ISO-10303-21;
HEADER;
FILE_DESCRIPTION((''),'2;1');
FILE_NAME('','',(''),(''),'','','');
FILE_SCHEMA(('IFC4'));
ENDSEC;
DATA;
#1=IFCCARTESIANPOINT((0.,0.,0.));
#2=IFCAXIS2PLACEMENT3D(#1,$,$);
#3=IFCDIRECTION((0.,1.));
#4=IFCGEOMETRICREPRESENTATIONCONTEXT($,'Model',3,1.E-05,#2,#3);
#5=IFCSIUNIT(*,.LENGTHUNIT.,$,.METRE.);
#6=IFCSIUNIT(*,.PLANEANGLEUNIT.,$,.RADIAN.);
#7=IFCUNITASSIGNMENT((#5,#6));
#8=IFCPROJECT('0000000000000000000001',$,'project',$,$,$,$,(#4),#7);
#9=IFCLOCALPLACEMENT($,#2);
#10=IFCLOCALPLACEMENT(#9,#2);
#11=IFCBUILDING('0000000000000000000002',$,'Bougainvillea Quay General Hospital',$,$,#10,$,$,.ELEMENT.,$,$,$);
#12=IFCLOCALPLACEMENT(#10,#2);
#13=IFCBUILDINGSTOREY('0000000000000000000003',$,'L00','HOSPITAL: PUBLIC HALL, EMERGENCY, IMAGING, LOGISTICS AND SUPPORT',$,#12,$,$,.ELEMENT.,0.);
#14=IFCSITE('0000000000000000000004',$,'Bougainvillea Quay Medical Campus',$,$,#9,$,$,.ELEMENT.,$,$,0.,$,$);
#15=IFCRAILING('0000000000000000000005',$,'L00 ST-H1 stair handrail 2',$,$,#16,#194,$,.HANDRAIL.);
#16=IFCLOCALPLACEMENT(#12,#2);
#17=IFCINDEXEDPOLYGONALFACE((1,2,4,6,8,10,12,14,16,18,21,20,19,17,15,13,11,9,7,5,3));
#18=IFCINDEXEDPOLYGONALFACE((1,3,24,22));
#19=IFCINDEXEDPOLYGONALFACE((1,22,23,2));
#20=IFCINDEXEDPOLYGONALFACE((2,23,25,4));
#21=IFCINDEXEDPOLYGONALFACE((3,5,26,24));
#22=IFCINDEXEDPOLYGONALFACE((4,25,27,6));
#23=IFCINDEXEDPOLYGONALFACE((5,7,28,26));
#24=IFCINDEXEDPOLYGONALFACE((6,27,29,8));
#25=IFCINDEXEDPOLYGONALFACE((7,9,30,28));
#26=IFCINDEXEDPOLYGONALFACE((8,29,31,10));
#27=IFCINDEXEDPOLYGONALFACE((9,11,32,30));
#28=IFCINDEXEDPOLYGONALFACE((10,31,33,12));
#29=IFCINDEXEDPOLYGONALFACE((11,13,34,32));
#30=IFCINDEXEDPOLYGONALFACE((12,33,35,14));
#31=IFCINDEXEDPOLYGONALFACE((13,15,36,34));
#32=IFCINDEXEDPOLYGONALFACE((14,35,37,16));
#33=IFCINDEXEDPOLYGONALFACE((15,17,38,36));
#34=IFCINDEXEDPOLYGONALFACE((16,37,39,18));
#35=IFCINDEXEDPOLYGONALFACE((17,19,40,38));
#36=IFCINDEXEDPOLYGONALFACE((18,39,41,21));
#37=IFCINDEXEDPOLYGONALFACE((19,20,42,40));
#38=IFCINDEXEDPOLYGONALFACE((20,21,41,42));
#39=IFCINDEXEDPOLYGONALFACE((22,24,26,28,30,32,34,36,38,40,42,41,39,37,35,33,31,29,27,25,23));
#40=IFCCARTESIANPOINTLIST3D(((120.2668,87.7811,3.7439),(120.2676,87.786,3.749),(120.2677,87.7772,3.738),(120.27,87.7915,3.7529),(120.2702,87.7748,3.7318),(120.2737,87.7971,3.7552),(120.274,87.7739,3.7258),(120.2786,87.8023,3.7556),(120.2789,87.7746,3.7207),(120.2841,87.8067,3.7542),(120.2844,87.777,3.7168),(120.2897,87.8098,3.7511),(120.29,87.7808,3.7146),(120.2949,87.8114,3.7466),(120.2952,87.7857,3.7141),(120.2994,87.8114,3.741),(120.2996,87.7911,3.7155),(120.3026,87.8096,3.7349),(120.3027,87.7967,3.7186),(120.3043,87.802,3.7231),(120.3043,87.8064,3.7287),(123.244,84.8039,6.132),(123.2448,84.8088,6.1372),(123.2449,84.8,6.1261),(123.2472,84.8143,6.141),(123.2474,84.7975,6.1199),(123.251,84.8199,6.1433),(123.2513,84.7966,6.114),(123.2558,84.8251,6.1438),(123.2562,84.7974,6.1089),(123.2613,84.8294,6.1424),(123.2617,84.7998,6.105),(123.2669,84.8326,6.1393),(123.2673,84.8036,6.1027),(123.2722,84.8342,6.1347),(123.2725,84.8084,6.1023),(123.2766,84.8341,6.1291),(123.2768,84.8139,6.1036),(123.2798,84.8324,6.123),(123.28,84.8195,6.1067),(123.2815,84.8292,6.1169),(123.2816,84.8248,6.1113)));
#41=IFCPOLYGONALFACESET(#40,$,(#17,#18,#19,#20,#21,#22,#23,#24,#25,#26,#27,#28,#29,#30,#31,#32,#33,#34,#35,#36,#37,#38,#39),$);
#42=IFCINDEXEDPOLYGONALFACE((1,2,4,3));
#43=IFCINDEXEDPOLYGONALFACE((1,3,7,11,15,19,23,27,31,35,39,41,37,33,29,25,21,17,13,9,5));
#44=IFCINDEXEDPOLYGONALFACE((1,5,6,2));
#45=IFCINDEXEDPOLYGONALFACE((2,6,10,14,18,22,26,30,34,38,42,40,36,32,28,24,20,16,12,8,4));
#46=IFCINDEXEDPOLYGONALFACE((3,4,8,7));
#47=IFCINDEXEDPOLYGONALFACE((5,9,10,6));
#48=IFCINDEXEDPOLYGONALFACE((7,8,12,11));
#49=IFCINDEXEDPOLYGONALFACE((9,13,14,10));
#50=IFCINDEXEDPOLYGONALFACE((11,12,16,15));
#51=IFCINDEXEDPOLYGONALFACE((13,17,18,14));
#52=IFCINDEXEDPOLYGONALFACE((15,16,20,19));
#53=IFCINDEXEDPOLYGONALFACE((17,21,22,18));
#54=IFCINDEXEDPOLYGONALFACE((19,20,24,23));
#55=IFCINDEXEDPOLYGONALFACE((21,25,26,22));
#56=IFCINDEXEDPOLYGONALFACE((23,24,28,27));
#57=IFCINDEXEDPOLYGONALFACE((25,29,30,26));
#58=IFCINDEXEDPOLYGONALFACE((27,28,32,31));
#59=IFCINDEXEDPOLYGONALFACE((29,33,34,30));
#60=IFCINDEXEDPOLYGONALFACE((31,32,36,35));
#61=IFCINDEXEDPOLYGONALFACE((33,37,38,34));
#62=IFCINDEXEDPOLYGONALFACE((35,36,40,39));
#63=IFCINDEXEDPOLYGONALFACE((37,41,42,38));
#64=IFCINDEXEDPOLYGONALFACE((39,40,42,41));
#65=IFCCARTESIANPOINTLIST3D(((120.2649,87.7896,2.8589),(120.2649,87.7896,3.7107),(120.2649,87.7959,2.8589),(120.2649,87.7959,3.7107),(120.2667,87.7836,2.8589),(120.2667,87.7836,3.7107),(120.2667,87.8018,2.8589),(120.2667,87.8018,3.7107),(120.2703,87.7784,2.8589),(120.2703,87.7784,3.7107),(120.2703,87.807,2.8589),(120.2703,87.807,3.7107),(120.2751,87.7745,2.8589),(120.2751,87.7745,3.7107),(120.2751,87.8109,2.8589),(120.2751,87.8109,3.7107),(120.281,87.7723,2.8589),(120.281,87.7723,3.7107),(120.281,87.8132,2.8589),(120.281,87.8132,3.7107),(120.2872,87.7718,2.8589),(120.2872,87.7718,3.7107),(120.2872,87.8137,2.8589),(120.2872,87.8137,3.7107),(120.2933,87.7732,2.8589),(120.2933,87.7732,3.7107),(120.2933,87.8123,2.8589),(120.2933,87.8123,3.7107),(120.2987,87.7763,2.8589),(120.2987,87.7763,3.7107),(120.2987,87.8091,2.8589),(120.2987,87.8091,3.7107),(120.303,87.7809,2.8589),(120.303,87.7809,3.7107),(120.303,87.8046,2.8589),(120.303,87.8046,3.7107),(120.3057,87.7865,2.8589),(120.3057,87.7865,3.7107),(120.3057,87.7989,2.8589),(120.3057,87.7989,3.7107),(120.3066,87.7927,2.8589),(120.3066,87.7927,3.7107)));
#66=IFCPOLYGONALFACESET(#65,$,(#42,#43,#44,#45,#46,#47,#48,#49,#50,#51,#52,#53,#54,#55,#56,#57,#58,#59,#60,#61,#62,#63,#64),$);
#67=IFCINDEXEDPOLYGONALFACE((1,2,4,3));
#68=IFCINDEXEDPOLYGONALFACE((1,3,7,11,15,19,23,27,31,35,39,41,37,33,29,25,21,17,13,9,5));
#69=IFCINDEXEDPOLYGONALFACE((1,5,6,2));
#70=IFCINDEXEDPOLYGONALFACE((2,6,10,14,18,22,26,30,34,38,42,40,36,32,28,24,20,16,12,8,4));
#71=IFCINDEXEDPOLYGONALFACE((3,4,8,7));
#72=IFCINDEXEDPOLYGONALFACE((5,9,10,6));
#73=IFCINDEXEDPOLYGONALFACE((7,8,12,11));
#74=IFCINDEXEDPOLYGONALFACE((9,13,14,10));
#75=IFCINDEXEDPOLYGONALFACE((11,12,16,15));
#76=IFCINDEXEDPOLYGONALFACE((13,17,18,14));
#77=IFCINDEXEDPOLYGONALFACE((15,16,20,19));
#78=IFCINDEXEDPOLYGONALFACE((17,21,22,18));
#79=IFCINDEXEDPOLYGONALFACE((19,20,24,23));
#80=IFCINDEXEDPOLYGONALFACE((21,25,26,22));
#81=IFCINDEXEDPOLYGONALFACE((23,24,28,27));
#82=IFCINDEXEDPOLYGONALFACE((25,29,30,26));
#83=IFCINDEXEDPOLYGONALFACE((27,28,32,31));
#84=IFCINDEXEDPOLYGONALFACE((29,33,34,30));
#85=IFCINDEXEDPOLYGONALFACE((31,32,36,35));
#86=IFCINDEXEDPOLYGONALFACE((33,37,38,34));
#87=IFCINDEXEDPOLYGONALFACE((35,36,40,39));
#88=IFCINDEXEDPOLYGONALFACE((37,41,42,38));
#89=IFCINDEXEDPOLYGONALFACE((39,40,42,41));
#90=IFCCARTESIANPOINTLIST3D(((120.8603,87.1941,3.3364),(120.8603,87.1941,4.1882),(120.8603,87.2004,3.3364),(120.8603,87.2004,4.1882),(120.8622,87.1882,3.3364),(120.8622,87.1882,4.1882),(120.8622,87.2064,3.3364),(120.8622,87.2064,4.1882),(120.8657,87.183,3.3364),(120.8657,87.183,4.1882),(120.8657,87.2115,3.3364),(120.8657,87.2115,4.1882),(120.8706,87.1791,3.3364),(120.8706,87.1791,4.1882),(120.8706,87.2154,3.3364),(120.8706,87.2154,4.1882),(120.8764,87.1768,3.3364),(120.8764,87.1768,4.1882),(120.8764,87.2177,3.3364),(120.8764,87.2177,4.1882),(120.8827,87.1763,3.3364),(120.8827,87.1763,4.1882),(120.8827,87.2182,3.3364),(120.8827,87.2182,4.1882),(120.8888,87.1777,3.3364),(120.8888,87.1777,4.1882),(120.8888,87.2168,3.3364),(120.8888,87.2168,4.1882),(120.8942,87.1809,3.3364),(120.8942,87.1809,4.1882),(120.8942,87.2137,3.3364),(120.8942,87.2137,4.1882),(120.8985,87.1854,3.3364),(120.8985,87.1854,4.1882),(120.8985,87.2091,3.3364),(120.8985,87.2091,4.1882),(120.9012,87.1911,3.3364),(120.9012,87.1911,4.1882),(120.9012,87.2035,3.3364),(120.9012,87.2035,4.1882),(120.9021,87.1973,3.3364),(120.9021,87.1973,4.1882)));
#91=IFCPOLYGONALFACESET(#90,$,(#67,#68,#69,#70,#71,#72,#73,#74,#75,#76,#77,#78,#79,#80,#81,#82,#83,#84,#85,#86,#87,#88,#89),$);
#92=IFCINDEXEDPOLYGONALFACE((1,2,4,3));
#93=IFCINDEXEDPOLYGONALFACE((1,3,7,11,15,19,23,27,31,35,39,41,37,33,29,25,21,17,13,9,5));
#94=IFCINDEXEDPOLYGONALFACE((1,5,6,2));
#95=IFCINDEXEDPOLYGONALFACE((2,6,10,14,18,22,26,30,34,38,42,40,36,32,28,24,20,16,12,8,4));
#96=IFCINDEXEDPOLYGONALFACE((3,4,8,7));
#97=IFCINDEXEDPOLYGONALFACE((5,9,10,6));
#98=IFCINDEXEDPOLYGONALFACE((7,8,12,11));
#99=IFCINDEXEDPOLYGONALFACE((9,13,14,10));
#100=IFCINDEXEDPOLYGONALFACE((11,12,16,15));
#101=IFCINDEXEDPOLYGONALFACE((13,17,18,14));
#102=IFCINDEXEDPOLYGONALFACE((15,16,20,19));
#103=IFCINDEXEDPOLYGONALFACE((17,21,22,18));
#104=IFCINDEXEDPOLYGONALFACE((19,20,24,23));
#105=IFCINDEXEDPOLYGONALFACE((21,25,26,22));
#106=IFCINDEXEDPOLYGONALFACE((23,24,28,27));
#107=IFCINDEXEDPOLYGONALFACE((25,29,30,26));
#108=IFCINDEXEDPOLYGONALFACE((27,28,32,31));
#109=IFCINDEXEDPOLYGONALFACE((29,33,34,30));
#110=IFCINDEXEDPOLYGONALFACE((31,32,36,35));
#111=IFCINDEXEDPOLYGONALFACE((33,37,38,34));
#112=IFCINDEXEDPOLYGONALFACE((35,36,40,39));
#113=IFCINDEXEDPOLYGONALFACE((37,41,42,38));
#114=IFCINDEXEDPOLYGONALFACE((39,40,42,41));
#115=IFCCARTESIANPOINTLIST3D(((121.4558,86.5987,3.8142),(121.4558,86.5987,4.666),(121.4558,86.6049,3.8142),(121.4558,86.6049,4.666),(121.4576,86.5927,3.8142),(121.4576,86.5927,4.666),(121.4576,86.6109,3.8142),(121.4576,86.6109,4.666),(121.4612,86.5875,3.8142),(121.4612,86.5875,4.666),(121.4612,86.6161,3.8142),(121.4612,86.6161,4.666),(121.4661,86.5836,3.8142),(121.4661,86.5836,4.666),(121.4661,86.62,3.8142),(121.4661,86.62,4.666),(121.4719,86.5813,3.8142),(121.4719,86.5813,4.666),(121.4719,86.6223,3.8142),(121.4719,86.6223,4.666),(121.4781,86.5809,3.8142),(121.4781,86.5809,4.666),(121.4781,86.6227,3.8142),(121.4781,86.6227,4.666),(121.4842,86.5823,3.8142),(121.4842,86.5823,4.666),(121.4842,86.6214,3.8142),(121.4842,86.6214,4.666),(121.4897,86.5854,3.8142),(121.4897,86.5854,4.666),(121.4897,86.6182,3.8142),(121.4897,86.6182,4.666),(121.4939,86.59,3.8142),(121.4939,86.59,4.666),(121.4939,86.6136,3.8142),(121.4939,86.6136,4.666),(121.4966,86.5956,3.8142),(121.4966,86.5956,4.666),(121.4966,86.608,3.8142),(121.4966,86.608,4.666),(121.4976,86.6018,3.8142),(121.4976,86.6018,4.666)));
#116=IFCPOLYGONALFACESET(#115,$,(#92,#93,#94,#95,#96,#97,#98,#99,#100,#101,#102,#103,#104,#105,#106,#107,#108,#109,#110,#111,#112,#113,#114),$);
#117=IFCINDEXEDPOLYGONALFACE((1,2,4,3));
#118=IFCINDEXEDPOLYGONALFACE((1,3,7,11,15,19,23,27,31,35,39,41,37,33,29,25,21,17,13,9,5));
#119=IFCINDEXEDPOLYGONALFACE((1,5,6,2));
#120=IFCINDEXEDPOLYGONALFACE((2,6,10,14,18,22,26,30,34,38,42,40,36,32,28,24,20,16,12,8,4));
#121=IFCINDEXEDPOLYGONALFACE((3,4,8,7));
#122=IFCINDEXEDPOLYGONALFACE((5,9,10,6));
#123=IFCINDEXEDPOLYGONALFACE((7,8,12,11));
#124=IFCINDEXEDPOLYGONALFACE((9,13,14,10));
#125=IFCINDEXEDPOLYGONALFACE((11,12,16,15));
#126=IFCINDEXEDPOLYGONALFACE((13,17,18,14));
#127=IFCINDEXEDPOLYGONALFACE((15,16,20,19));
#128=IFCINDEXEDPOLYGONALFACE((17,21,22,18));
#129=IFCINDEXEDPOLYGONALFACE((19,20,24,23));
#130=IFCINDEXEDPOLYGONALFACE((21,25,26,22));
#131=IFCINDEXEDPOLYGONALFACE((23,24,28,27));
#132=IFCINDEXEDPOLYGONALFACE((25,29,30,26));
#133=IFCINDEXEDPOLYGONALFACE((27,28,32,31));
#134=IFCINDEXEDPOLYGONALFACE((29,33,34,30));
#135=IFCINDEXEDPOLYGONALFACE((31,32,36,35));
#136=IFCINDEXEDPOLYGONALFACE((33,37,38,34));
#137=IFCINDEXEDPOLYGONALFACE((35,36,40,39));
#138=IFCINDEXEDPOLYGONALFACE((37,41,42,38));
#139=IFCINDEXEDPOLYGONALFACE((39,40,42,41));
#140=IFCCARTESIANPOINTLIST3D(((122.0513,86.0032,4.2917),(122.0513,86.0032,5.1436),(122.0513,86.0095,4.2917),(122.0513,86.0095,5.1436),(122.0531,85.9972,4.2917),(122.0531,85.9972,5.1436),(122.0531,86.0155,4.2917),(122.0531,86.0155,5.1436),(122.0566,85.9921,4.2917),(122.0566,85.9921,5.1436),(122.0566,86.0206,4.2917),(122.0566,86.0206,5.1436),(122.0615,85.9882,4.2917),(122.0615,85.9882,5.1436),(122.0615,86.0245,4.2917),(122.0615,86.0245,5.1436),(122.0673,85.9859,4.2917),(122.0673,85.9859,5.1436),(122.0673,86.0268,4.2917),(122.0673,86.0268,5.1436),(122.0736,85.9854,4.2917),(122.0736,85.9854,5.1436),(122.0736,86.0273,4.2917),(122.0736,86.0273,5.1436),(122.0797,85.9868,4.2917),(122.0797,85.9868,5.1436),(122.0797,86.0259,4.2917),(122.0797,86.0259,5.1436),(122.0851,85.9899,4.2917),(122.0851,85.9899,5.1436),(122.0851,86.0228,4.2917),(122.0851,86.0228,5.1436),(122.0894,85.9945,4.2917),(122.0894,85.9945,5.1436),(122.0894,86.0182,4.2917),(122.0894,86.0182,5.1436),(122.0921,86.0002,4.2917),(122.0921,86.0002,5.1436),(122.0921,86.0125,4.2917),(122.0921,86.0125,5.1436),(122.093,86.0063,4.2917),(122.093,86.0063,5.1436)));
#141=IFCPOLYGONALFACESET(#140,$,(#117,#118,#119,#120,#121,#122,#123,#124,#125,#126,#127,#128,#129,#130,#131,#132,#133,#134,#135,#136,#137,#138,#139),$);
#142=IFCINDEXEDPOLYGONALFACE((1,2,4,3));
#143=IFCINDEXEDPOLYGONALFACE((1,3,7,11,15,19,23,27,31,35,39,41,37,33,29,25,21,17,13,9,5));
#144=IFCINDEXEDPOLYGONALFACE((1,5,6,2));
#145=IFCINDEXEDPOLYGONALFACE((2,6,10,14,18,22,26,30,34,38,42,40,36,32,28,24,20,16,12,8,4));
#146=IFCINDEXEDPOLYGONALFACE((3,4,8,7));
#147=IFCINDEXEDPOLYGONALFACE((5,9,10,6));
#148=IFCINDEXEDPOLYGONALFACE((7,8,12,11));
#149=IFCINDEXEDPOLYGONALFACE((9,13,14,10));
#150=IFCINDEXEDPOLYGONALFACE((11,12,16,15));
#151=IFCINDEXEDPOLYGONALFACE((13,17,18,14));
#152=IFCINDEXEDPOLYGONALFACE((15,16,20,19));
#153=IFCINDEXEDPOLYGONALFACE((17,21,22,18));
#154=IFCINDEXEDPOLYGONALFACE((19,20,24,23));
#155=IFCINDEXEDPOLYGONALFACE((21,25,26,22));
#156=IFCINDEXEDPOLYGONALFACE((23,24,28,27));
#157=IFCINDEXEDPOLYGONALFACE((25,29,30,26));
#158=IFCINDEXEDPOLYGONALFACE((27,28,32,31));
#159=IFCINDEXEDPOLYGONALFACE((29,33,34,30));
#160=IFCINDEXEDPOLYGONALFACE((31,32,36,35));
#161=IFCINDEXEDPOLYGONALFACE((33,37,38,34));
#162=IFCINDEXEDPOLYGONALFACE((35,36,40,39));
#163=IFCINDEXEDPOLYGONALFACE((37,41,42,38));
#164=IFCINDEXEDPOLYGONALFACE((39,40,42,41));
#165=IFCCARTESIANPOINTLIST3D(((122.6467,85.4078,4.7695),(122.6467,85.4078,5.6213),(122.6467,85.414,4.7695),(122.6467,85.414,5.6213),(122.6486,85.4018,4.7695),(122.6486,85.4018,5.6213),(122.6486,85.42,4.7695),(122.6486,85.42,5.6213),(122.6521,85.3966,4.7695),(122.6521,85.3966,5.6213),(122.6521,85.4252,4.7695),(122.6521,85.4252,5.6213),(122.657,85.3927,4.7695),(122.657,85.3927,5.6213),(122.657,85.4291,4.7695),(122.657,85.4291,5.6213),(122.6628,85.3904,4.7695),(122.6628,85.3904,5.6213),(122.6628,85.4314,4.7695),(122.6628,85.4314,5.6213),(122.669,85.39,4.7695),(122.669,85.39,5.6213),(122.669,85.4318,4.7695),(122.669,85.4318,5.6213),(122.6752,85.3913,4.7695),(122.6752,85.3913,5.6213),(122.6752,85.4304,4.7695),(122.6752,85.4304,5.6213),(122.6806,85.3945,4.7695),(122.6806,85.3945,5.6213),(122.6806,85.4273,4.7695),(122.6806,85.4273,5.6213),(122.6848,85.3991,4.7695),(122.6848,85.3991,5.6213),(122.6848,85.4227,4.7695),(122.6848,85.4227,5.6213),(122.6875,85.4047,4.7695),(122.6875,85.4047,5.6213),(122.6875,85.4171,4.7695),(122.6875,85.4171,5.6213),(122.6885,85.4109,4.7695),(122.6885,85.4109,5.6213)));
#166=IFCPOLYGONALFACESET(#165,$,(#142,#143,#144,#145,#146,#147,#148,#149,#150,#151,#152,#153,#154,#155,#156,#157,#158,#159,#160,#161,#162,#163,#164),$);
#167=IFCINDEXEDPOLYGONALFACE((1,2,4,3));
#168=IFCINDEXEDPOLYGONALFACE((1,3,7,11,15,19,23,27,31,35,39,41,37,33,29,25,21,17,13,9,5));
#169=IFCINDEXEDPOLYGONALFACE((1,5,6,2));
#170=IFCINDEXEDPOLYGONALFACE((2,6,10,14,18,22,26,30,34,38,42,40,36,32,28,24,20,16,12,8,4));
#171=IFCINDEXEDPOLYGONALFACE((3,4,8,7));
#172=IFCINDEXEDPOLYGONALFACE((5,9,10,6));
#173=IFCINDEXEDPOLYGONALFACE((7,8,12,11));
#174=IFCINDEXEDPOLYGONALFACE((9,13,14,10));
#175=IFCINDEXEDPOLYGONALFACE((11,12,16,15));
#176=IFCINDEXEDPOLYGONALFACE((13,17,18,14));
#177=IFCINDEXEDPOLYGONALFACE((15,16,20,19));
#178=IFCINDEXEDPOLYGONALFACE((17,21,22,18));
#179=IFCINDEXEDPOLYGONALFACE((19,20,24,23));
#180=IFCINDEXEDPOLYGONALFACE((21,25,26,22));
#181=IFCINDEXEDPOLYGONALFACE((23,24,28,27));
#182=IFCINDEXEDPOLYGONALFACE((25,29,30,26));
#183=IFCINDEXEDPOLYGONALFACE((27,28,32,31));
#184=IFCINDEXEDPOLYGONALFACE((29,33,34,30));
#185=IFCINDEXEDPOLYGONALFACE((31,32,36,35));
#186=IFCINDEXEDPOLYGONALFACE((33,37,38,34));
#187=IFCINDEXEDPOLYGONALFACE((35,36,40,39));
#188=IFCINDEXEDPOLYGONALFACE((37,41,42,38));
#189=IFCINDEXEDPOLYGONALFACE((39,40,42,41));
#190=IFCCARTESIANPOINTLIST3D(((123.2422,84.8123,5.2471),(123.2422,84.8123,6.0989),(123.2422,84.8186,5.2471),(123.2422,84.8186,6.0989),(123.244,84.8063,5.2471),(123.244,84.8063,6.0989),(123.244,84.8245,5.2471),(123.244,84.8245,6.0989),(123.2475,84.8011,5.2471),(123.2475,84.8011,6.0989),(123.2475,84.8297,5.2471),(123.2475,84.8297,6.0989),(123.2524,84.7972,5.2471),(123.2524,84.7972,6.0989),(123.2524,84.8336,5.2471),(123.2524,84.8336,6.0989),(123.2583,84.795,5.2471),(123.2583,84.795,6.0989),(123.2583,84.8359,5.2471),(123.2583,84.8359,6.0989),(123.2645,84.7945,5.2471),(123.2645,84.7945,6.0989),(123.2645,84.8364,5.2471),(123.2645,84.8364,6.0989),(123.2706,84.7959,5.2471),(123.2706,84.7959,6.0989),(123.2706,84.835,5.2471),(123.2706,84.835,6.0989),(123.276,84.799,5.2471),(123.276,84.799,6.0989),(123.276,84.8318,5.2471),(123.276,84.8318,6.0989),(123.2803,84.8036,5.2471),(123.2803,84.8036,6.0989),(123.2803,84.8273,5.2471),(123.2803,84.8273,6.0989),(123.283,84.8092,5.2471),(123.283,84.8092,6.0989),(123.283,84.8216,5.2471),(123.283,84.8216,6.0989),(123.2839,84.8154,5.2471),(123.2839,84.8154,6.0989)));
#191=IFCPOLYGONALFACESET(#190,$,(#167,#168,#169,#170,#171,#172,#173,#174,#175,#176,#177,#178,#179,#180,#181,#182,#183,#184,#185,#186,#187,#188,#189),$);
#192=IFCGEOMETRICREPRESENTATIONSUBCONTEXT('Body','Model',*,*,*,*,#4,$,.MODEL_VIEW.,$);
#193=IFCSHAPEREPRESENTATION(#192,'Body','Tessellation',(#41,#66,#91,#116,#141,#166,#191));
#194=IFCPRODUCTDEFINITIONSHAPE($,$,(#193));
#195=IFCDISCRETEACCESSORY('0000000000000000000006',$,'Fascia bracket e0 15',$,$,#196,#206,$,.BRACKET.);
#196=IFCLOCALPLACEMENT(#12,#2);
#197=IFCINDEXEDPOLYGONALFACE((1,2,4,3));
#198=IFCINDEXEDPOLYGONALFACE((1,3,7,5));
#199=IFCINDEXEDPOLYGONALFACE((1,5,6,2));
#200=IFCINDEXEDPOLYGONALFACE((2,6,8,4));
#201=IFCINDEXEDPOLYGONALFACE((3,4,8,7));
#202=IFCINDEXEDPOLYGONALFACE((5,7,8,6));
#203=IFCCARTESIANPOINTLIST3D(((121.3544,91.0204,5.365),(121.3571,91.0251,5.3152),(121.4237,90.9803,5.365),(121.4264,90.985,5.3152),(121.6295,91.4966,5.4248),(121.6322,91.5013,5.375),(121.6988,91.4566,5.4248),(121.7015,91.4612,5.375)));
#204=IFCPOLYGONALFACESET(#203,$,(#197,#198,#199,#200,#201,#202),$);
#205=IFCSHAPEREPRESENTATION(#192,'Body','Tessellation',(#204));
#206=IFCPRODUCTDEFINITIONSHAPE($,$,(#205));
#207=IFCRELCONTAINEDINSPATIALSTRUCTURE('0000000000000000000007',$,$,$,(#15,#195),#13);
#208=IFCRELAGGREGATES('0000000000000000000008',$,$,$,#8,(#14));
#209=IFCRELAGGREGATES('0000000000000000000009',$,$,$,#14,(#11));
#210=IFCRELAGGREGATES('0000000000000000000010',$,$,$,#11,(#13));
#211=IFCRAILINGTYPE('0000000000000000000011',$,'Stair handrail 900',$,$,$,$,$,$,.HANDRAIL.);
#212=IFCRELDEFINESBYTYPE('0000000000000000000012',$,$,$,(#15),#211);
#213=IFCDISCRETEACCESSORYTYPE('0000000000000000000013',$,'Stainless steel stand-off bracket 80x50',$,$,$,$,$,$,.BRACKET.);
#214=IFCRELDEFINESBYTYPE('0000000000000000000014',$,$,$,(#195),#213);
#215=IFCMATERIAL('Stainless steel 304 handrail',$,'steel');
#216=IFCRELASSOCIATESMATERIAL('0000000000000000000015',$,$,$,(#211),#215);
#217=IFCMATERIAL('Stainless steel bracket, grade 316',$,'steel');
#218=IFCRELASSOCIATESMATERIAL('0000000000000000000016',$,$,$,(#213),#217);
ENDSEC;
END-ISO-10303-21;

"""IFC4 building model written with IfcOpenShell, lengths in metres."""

from ifc_helpers import new_model, si_unit, direction, frame, origin, origin_2d, place, context, subcontext, project, spatial, rectangle, circle, extrude, material, material_profile, profile_set, type_object, element, save


model = new_model("IFC4")

# Units and contexts
model_context = context("Model", 3, precision=1e-05, world=origin(), true_north=direction((0.0, 1.0)))
body_context = subcontext(model_context, "Body", "Model", "MODEL_VIEW")
ifc_project = project(units=[si_unit("LENGTHUNIT", "METRE"), si_unit("PLANEANGLEUNIT", "RADIAN")], contexts=[model_context])

# Site, building, storey
site_placement = place(None, origin())
site = spatial("IfcSite", under=ifc_project, at=site_placement, Name="Bougainvillea Quay Medical Campus", CompositionType="ELEMENT", RefElevation=0.0)
building_placement = place(site_placement, origin())
building = spatial("IfcBuilding", under=site, at=building_placement, Name="Bougainvillea Quay General Hospital", CompositionType="ELEMENT")
storey_placement = place(building_placement, origin())
storey = spatial("IfcBuildingStorey", under=building, at=storey_placement, Name="L00", Description="HOSPITAL: PUBLIC HALL, EMERGENCY, IMAGING, LOGISTICS AND SUPPORT", CompositionType="ELEMENT", Elevation=0.0)

# Railing
ifc_material_1 = material(Name="Stainless steel 304 handrail", Category="steel")
railing_type_1 = type_object("IfcRailingType", Name="Stair handrail 900", PredefinedType="HANDRAIL", material=ifc_material_1)
railing_1_placement = place(storey_placement, frame((120.2856, 87.7927, 2.8589)))
element("IfcRailing", 1, at=railing_1_placement, inside=storey, type_object=railing_type_1, Name="L00 ST-H1 stair handrail 2", PredefinedType="HANDRAIL", context=body_context, shape_type="SweptSolid", body=[
    extrude(circle(Radius=0.0239, at=origin_2d()), frame((0.0, 0.0, 0.876), z_axis=(0.61506, -0.61506, 0.493359), x_axis=(0.707107, 0.707107, 0.0)), (0.0, 0.0, 1.0), 4.8406),
    extrude(circle(Radius=0.021, at=origin_2d()), origin(), (0.0, 0.0, 1.0), 0.8518),
    extrude(circle(Radius=0.021, at=origin_2d()), frame((0.5955, -0.5955, 0.4775)), (0.0, 0.0, 1.0), 0.8518),
    extrude(circle(Radius=0.021, at=origin_2d()), frame((1.1909, -1.1909, 0.9553)), (0.0, 0.0, 1.0), 0.8518),
    extrude(circle(Radius=0.021, at=origin_2d()), frame((1.7864, -1.7864, 1.4329)), (0.0, 0.0, 1.0), 0.8518),
    extrude(circle(Radius=0.021, at=origin_2d()), frame((2.3818, -2.3818, 1.9106)), (0.0, 0.0, 1.0), 0.8518),
    extrude(circle(Radius=0.021, at=origin_2d()), frame((2.9773, -2.9773, 2.3882)), (0.0, 0.0, 1.0), 0.8518),
])

# Discrete accessory
ifc_material_2 = material(Name="Stainless steel bracket, grade 316", Category="steel")
ifc_material_profile_1 = material_profile(ifc_material_2, rectangle(XDim=0.0801, YDim=0.05, at=origin_2d()))
ifc_profile_set_1 = profile_set([ifc_material_profile_1], Name="Stainless steel bracket, grade 316")
discrete_accessory_type = type_object("IfcDiscreteAccessoryType", Name="Stainless steel stand-off bracket 80x50", PredefinedType="BRACKET", material=ifc_profile_set_1)
discrete_accessory_placement = place(storey_placement, frame((121.3904, 91.0027, 5.3401), z_axis=(0.497265, 0.860838, 0.108101), x_axis=(-0.865912, 0.500196, 0.0)))
element("IfcDiscreteAccessory", 2, at=discrete_accessory_placement, inside=storey, type_object=discrete_accessory_type, Name="Fascia bracket e0 15", PredefinedType="BRACKET", context=body_context, shape_type="SweptSolid", body=[
    extrude(rectangle(XDim=0.0801, YDim=0.05, at=origin_2d()), origin(), (0.0, 0.0, 1.0), 0.5532),
])

save(model, "model.ifc")
